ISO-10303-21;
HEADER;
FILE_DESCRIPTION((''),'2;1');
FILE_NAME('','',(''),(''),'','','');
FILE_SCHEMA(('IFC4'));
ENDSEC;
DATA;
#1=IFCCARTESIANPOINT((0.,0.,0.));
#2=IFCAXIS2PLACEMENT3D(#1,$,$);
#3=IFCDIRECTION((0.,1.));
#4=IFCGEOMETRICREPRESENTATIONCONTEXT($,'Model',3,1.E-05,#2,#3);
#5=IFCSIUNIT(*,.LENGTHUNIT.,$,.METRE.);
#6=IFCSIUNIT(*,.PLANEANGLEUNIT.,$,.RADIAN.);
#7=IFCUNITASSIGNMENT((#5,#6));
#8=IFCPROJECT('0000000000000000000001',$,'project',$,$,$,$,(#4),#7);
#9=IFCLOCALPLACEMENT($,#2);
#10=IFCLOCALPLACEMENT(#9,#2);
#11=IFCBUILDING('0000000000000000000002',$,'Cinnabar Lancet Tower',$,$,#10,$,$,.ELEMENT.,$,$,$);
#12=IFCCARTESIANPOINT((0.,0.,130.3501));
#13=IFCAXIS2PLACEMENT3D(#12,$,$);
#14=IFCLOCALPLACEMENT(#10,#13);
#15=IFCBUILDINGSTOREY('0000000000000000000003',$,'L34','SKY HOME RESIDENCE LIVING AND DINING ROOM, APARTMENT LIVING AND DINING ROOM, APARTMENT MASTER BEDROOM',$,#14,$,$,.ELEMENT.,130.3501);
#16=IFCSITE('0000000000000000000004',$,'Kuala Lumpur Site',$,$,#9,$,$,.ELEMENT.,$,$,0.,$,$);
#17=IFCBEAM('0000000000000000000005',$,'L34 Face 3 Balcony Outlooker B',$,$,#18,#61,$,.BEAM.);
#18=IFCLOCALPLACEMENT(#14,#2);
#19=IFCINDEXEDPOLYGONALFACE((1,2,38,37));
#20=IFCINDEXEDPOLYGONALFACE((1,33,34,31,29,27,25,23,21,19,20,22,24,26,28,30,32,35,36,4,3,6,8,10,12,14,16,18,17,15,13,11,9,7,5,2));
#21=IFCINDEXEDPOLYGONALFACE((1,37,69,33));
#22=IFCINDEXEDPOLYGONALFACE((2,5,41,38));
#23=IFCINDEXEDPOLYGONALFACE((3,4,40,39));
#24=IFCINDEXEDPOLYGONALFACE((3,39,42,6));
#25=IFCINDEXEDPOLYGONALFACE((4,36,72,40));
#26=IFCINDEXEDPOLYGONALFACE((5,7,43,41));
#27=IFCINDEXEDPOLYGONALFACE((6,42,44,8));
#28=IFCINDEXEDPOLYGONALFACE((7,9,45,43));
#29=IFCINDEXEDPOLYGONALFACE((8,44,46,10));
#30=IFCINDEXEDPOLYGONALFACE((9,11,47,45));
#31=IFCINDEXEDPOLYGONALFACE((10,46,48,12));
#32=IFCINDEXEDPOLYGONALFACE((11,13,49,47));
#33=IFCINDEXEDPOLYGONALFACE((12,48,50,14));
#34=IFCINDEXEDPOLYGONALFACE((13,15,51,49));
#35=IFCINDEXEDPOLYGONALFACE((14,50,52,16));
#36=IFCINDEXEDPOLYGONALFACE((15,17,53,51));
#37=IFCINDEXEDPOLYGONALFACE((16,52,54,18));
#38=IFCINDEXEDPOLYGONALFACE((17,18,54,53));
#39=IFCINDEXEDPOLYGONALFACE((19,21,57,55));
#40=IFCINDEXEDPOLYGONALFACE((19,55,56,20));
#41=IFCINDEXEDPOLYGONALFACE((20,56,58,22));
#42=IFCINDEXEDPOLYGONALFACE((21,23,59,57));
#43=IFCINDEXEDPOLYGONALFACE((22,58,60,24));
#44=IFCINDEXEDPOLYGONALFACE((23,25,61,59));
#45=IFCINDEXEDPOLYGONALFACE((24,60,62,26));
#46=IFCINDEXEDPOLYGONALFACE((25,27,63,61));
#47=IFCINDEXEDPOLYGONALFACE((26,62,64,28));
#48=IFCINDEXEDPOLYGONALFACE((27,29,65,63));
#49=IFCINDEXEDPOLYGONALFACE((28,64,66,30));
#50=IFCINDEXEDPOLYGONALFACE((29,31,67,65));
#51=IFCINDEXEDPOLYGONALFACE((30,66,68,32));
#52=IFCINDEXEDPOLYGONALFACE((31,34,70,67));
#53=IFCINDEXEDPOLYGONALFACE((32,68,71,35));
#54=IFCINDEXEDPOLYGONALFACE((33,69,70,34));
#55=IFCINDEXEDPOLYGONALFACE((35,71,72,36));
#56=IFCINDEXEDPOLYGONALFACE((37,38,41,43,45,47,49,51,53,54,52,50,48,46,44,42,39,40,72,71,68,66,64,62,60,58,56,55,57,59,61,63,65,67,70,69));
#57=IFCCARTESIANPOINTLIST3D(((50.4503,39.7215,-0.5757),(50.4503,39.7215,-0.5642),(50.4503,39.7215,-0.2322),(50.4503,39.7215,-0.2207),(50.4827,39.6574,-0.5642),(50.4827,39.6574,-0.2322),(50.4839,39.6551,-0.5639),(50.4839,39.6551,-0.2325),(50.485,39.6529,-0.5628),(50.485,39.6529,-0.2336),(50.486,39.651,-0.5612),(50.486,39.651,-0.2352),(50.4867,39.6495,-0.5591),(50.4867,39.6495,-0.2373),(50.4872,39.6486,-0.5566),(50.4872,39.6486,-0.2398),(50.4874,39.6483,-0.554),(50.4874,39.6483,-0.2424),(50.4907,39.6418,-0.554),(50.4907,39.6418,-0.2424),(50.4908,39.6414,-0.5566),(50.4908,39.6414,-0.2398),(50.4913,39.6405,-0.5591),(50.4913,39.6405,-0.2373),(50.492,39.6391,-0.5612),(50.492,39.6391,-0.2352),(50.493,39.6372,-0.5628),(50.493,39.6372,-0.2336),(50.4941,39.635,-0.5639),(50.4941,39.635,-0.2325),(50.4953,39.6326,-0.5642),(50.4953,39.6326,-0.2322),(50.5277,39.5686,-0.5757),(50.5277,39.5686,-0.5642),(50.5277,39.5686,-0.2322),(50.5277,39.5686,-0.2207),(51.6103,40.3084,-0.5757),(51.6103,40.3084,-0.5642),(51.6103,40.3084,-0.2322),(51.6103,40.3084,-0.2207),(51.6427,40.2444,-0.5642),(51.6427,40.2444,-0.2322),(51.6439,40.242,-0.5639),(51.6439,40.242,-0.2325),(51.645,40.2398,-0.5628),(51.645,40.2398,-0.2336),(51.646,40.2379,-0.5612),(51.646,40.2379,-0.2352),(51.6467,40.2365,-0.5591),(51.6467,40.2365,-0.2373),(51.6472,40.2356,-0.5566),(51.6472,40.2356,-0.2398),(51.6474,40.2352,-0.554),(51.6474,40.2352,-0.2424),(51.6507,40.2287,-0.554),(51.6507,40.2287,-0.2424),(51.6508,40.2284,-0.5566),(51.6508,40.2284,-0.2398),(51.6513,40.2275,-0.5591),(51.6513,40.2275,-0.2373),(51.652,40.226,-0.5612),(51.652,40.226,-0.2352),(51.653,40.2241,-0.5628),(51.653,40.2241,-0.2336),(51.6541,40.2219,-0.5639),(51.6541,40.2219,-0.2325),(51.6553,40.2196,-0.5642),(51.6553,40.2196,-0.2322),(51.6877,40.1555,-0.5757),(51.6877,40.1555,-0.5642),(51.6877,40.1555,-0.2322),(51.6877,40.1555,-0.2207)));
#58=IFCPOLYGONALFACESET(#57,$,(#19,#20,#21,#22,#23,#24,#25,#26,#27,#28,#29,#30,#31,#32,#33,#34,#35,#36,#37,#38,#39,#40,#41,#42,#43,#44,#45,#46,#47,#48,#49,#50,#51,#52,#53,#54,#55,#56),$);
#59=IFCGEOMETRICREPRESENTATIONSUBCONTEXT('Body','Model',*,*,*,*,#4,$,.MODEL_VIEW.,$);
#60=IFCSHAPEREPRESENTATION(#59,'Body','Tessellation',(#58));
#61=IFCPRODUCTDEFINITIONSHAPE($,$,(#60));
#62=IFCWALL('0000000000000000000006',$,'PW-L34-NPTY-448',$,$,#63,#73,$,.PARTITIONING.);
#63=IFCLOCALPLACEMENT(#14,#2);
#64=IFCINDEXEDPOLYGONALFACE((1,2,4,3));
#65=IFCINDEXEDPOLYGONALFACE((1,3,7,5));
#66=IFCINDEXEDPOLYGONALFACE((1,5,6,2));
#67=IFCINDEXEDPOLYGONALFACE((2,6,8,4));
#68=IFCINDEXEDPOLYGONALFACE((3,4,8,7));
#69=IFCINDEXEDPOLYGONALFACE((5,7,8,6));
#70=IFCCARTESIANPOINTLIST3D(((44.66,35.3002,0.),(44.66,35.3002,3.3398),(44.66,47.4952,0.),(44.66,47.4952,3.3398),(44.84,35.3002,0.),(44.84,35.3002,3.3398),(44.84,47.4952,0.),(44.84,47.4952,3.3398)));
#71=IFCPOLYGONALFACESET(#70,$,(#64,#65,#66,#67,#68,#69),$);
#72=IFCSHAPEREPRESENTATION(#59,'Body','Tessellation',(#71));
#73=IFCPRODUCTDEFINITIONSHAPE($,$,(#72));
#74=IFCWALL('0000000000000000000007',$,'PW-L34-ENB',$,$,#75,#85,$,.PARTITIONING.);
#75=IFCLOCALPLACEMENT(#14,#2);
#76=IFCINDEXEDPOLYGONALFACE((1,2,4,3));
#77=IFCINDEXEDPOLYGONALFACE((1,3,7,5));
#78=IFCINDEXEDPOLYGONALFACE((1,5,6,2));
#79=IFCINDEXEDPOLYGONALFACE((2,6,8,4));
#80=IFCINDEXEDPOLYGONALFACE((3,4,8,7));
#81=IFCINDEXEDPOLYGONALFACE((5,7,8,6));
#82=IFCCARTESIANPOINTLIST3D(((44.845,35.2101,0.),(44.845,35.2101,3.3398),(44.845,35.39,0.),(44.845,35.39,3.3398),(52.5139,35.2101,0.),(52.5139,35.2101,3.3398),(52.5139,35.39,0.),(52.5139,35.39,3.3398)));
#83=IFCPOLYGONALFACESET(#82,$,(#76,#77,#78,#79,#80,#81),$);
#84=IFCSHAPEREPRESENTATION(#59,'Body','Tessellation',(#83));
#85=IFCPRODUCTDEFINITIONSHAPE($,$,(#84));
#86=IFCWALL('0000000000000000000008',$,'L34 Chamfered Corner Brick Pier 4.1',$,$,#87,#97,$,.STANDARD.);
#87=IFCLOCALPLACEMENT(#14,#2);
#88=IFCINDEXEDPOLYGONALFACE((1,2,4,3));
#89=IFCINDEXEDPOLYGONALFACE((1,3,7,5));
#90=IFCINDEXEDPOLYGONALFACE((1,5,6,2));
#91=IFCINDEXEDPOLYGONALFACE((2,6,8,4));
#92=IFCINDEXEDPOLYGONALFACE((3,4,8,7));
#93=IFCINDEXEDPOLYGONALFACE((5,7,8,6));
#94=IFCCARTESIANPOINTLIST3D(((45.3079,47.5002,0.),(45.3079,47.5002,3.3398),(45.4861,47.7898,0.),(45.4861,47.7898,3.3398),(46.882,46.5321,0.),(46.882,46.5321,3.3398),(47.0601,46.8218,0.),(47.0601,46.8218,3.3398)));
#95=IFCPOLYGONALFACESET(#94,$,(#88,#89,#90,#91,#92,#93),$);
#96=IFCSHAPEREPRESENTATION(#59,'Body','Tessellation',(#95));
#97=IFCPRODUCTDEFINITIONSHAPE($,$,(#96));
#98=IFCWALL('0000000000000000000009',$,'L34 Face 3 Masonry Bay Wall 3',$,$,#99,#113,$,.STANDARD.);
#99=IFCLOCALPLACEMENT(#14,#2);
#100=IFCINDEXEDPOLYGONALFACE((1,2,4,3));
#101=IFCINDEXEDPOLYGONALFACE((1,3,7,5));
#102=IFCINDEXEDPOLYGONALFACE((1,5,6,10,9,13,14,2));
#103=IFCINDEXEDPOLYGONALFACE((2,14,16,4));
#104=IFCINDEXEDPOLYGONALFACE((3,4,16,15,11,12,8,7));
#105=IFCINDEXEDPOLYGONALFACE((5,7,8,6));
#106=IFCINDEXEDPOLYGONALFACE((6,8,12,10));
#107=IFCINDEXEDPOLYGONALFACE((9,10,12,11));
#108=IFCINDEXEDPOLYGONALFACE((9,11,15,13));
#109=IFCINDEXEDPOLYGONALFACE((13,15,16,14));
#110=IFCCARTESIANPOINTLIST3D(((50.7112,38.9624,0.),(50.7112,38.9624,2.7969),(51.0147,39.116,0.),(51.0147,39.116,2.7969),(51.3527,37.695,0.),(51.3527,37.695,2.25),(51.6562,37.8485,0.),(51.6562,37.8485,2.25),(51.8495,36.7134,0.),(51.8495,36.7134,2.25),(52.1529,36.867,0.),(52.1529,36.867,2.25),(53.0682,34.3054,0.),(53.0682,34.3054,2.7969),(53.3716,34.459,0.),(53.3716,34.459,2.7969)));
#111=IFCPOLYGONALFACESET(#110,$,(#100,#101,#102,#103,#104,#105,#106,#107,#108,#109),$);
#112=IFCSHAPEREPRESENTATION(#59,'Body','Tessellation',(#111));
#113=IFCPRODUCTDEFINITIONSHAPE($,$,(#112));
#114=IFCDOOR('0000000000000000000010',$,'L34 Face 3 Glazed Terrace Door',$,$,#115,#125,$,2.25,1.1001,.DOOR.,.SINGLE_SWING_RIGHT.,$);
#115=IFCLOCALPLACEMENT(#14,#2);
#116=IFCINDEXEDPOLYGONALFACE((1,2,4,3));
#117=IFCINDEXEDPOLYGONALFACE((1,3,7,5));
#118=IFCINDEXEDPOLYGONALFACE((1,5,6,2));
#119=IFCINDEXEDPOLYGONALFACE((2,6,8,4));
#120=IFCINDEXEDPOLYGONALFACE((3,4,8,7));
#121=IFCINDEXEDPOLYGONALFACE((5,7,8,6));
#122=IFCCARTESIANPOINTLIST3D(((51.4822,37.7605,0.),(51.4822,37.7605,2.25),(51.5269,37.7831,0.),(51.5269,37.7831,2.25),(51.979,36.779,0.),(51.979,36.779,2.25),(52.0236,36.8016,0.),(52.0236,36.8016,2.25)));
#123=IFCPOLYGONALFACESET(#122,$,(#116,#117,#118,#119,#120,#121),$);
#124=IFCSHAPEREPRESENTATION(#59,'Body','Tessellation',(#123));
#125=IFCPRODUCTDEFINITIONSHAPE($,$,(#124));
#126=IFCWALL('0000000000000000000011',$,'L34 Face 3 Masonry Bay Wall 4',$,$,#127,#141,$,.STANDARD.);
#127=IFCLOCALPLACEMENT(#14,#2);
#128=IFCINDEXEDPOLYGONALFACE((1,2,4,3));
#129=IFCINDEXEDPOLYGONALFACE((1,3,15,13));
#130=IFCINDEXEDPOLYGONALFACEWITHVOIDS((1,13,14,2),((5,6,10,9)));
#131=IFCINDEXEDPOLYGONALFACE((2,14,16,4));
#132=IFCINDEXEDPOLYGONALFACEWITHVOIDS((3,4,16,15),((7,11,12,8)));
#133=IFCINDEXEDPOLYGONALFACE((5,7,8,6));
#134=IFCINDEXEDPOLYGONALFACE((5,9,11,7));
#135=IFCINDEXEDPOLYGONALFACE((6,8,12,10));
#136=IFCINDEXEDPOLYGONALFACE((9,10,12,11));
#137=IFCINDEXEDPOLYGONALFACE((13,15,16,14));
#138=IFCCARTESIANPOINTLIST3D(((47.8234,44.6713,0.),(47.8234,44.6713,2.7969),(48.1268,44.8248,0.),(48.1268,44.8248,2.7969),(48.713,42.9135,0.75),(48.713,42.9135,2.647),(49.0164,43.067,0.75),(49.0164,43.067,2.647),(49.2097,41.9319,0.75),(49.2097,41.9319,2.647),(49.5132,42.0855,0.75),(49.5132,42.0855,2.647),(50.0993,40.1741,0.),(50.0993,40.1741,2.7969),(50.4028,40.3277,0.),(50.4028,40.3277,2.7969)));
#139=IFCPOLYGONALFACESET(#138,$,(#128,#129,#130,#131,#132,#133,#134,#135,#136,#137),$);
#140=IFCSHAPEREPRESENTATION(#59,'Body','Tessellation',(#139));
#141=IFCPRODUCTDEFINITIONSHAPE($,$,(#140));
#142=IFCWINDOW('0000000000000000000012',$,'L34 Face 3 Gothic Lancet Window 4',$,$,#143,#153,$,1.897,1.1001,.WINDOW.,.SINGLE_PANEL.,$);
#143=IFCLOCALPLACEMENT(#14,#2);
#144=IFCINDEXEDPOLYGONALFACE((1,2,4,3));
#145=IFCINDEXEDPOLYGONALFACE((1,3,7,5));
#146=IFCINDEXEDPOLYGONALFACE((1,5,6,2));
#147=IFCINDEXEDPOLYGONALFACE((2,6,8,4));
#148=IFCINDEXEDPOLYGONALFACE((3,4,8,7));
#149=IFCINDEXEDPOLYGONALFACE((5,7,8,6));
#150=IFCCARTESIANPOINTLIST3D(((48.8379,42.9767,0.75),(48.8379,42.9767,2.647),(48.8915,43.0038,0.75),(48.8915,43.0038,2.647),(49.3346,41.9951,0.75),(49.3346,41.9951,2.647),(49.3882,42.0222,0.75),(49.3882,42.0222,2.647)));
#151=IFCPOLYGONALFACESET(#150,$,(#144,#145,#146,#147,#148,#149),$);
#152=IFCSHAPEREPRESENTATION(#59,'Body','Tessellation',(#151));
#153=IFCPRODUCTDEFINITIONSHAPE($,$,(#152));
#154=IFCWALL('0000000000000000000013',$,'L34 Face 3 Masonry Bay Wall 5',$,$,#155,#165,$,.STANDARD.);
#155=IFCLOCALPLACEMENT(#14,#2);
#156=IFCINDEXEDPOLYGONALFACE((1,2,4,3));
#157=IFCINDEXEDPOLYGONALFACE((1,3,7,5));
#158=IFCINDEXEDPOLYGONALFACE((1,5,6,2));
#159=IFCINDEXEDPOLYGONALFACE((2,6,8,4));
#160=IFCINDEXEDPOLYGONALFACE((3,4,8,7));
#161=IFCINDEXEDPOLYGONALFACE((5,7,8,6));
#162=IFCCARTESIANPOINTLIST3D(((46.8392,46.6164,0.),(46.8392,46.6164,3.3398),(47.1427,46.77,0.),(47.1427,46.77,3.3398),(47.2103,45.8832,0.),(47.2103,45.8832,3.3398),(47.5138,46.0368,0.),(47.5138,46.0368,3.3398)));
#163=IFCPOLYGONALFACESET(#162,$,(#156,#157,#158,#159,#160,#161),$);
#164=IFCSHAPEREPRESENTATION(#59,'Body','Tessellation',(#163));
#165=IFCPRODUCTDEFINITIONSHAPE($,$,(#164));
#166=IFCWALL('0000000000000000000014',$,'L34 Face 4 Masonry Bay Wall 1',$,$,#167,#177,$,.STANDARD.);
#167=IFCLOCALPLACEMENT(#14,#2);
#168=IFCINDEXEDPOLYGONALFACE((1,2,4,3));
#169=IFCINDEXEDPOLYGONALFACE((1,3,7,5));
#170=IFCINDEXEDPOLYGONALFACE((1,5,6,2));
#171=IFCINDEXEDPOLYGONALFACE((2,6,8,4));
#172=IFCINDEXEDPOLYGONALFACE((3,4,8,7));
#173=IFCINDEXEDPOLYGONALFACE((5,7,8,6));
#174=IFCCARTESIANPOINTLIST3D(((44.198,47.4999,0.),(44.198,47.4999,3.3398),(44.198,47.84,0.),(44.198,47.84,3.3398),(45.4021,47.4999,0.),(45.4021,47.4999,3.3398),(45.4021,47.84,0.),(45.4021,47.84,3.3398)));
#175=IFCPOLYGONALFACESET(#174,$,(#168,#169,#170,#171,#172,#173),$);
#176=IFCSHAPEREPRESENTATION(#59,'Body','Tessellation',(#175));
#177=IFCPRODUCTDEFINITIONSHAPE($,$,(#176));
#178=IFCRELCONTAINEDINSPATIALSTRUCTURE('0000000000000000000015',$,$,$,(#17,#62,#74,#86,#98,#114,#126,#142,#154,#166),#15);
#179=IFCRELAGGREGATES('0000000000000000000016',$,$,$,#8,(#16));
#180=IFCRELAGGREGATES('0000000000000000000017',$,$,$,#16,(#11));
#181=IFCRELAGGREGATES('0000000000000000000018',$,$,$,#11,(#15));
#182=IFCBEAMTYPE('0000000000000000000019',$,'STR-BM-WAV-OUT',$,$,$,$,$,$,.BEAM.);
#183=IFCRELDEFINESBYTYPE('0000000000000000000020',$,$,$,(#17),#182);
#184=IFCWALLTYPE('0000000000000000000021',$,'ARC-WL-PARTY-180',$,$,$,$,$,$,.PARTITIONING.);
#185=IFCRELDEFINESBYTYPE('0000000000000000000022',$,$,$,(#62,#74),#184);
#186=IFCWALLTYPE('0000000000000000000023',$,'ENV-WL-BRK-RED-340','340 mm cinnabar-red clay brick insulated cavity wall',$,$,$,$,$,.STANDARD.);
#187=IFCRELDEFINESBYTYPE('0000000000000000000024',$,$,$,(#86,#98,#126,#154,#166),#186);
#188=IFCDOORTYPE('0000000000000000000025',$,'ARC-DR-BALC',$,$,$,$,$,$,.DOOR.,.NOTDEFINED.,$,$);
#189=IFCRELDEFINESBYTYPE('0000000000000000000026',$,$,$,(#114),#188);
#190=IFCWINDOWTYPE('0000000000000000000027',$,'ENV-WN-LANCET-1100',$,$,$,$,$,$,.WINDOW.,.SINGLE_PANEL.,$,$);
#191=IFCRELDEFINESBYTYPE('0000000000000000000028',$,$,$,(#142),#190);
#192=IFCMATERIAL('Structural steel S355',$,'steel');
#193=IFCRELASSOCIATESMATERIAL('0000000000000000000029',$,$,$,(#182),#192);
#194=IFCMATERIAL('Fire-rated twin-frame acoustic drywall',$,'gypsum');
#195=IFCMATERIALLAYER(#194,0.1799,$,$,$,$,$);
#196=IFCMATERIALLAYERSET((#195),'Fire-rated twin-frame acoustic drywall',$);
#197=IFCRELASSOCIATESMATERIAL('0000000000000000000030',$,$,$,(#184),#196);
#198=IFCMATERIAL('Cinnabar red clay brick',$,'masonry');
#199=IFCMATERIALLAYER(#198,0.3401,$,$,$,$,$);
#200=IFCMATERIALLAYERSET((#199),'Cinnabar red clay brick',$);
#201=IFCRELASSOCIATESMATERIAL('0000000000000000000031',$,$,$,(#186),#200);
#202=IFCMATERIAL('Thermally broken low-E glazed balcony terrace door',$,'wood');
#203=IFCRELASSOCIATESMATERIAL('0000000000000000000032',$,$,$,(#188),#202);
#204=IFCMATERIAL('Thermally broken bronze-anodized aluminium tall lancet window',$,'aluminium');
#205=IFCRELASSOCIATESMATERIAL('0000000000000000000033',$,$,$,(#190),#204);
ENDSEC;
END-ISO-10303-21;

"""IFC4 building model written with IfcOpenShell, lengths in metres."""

from ifc_helpers import new_model, si_unit, direction, frame, frame_2d, origin, origin_2d, place, context, subcontext, project, spatial, rectangle, i_section, extrude, material, layer, layer_set, material_profile, profile_set, type_object, element, fill, save


model = new_model("IFC4")

# Units and contexts
model_context = context("Model", 3, precision=1e-05, world=origin(), true_north=direction((0.0, 1.0)))
body_context = subcontext(model_context, "Body", "Model", "MODEL_VIEW")
ifc_project = project(units=[si_unit("LENGTHUNIT", "METRE"), si_unit("PLANEANGLEUNIT", "RADIAN")], contexts=[model_context])

# Site, building, storey
site_placement = place(None, origin())
site = spatial("IfcSite", under=ifc_project, at=site_placement, Name="Kuala Lumpur Site", CompositionType="ELEMENT", RefElevation=0.0)
building_placement = place(site_placement, origin())
building = spatial("IfcBuilding", under=site, at=building_placement, Name="Cinnabar Lancet Tower", CompositionType="ELEMENT")
storey_placement = place(building_placement, frame((0.0, 0.0, 130.3501)))
storey = spatial("IfcBuildingStorey", under=building, at=storey_placement, Name="L34", Description="SKY HOME RESIDENCE LIVING AND DINING ROOM, APARTMENT LIVING AND DINING ROOM, APARTMENT MASTER BEDROOM", CompositionType="ELEMENT", Elevation=130.3501)

# Beam
ifc_material_1 = material(Name="Structural steel S355", Category="steel")
ifc_material_profile_1 = material_profile(ifc_material_1, i_section(OverallWidth=0.1714, OverallDepth=0.355, WebThickness=0.0073, FlangeThickness=0.0115, FilletRadius=0.0103, at=origin_2d()), Name="UKB 356x171x51")
ifc_profile_set_1 = profile_set([ifc_material_profile_1], Name="Structural steel S355")
beam_type_1 = type_object("IfcBeamType", Name="STR-BM-WAV-OUT", PredefinedType="BEAM", material=ifc_profile_set_1)
beam_1_placement = place(storey_placement, frame((50.489, 39.645, -0.3982), z_axis=(0.892276, 0.45149, 0.0), x_axis=(-0.45149, 0.892276, 0.0)))
element("IfcBeam", 1, at=beam_1_placement, inside=storey, type_object=beam_type_1, Name="L34 Face 3 Balcony Outlooker B", PredefinedType="BEAM", context=body_context, shape_type="SweptSolid", body=[
    extrude(i_section(OverallWidth=0.1714, OverallDepth=0.355, WebThickness=0.0073, FlangeThickness=0.0115, FilletRadius=0.0103, at=origin_2d()), origin(), (0.0, 0.0, 1.0), 1.3),
])

# Walls
ifc_material_2 = material(Name="Fire-rated twin-frame acoustic drywall", Category="gypsum")
ifc_layer_1 = layer(ifc_material_2, 0.1799)
ifc_layer_set_1 = layer_set([ifc_layer_1], Name="Fire-rated twin-frame acoustic drywall")
wall_type_1 = type_object("IfcWallType", Name="ARC-WL-PARTY-180", PredefinedType="PARTITIONING", material=ifc_layer_set_1)
wall_1_placement = place(storey_placement, frame((44.75, 35.3, 0.0), z_axis=(0.0, 0.0, 1.0), x_axis=(0.0, 1.0, 0.0)))
element("IfcWall", 2, at=wall_1_placement, inside=storey, type_object=wall_type_1, Name="PW-L34-NPTY-448", PredefinedType="PARTITIONING", context=body_context, shape_type="SweptSolid", body=[
    extrude(rectangle(XDim=12.1951, YDim=0.1799, at=frame_2d((6.0977, 0.0))), origin(), (0.0, 0.0, 1.0), 3.3398),
])
wall_2_placement = place(storey_placement, frame((44.845, 35.3, 0.0), z_axis=(0.0, 0.0, 1.0), x_axis=(1.0, 0.0, 0.0)))
element("IfcWall", 3, at=wall_2_placement, inside=storey, type_object=wall_type_1, Name="PW-L34-ENB", PredefinedType="PARTITIONING", context=body_context, shape_type="SweptSolid", body=[
    extrude(rectangle(XDim=7.6689, YDim=0.1799, at=frame_2d((3.8345, 0.0))), origin(), (0.0, 0.0, 1.0), 3.3398),
])
ifc_material_3 = material(Name="Cinnabar red clay brick", Category="masonry")
ifc_layer_2 = layer(ifc_material_3, 0.3401)
ifc_layer_set_2 = layer_set([ifc_layer_2], Name="Cinnabar red clay brick")
wall_type_2 = type_object("IfcWallType", Name="ENV-WL-BRK-RED-340", Description="340 mm cinnabar-red clay brick insulated cavity wall", PredefinedType="STANDARD", material=ifc_layer_set_2)
wall_3_placement = place(storey_placement, frame((46.9709, 46.677, 0.0), z_axis=(0.0, 0.0, 1.0), x_axis=(-0.851799, 0.523869, 0.0)))
element("IfcWall", 4, at=wall_3_placement, inside=storey, type_object=wall_type_2, Name="L34 Chamfered Corner Brick Pier 4.1", PredefinedType="STANDARD", context=body_context, shape_type="SweptSolid", body=[
    extrude(rectangle(XDim=1.8479, YDim=0.3401, at=frame_2d((0.9238, 0.0))), origin(), (0.0, 0.0, 1.0), 3.3398),
])

# Wall, opening, door
wall_4_placement = place(storey_placement, frame((53.22, 34.3821, 0.0), z_axis=(0.0, 0.0, 1.0), x_axis=(-0.451568, 0.892237, 0.0)))
wall_4 = element("IfcWall", 5, at=wall_4_placement, inside=storey, type_object=wall_type_2, Name="L34 Face 3 Masonry Bay Wall 3", PredefinedType="STANDARD", context=body_context, shape_type="SweptSolid", body=[
    extrude(rectangle(XDim=5.2195, YDim=0.3401, at=frame_2d((2.6099, 0.0))), origin(), (0.0, 0.0, 1.0), 2.7969),
])
opening_1_placement = place(wall_4_placement, frame((2.699, 0.0, 0.0)))
opening_1 = element("IfcOpeningElement", 6, at=opening_1_placement, cuts=wall_4, PredefinedType="OPENING", context=body_context, shape_type="SweptSolid", body=[
    extrude(rectangle(XDim=1.1001, YDim=2.25, at=frame_2d((0.55, 1.125))), frame((0.0, 0.1799, 0.0), z_axis=(0.0, -1.0, 0.0), x_axis=(1.0, 0.0, 0.0)), (0.0, 0.0, 1.0), 0.3601),
])
ifc_material_4 = material(Name="Thermally broken low-E glazed balcony terrace door", Category="wood")
door_type = type_object("IfcDoorType", Name="ARC-DR-BALC", OperationType="NOTDEFINED", PredefinedType="DOOR", material=ifc_material_4)
door_placement = place(opening_1_placement, origin())
door = element("IfcDoor", 7, at=door_placement, inside=storey, type_object=door_type, Name="L34 Face 3 Glazed Terrace Door", OperationType="SINGLE_SWING_RIGHT", OverallHeight=2.25, OverallWidth=1.1001, PredefinedType="DOOR", context=body_context, shape_type="SweptSolid", body=[
    extrude(rectangle(XDim=1.1001, YDim=2.25, at=frame_2d((0.55, 1.125))), frame((0.0, 0.0249, 0.0), z_axis=(0.0, -1.0, 0.0), x_axis=(1.0, 0.0, 0.0)), (0.0, 0.0, 1.0), 0.05),
])
fill(opening_1, door)

# Wall, opening, window
wall_5_placement = place(storey_placement, frame((50.251, 40.251, 0.0), z_axis=(0.0, 0.0, 1.0), x_axis=(-0.451548, 0.892247, 0.0)))
wall_5 = element("IfcWall", 8, at=wall_5_placement, inside=storey, type_object=wall_type_2, Name="L34 Face 3 Masonry Bay Wall 4", PredefinedType="STANDARD", context=body_context, shape_type="SweptSolid", body=[
    extrude(rectangle(XDim=5.0403, YDim=0.3401, at=frame_2d((2.52, 0.0))), origin(), (0.0, 0.0, 1.0), 2.7969),
])
opening_2_placement = place(wall_5_placement, frame((1.97, 0.0, 0.75)))
opening_2 = element("IfcOpeningElement", 9, at=opening_2_placement, cuts=wall_5, PredefinedType="OPENING", context=body_context, shape_type="SweptSolid", body=[
    extrude(rectangle(XDim=1.1001, YDim=1.897, at=frame_2d((0.55, 0.9485))), frame((0.0, 0.1799, 0.0), z_axis=(0.0, -1.0, 0.0), x_axis=(1.0, 0.0, 0.0)), (0.0, 0.0, 1.0), 0.3601),
])
ifc_material_5 = material(Name="Thermally broken bronze-anodized aluminium tall lancet window", Category="aluminium")
window_type = type_object("IfcWindowType", Name="ENV-WN-LANCET-1100", PartitioningType="SINGLE_PANEL", PredefinedType="WINDOW", material=ifc_material_5)
window_placement = place(opening_2_placement, origin())
window = element("IfcWindow", 10, at=window_placement, inside=storey, type_object=window_type, Name="L34 Face 3 Gothic Lancet Window 4", OverallHeight=1.897, OverallWidth=1.1001, PartitioningType="SINGLE_PANEL", PredefinedType="WINDOW", context=body_context, shape_type="SweptSolid", body=[
    extrude(rectangle(XDim=1.1001, YDim=1.897, at=frame_2d((0.55, 0.9485))), frame((0.0, 0.03, 0.0), z_axis=(0.0, -1.0, 0.0), x_axis=(1.0, 0.0, 0.0)), (0.0, 0.0, 1.0), 0.0601),
])
fill(opening_2, window)

# Walls
wall_6_placement = place(storey_placement, frame((47.3621, 45.96, 0.0), z_axis=(0.0, 0.0, 1.0), x_axis=(-0.451605, 0.892218, 0.0)))
element("IfcWall", 11, at=wall_6_placement, inside=storey, type_object=wall_type_2, Name="L34 Face 3 Masonry Bay Wall 5", PredefinedType="STANDARD", context=body_context, shape_type="SweptSolid", body=[
    extrude(rectangle(XDim=0.8218, YDim=0.3401, at=frame_2d((0.4109, 0.0))), origin(), (0.0, 0.0, 1.0), 3.3398),
])
wall_7_placement = place(storey_placement, frame((45.4021, 47.6699, 0.0), z_axis=(0.0, 0.0, 1.0), x_axis=(-1.0, 0.0, 0.0)))
element("IfcWall", 12, at=wall_7_placement, inside=storey, type_object=wall_type_2, Name="L34 Face 4 Masonry Bay Wall 1", PredefinedType="STANDARD", context=body_context, shape_type="SweptSolid", body=[
    extrude(rectangle(XDim=1.2041, YDim=0.3401, at=frame_2d((0.6021, 0.0))), origin(), (0.0, 0.0, 1.0), 3.3398),
])

save(model, "model.ifc")
